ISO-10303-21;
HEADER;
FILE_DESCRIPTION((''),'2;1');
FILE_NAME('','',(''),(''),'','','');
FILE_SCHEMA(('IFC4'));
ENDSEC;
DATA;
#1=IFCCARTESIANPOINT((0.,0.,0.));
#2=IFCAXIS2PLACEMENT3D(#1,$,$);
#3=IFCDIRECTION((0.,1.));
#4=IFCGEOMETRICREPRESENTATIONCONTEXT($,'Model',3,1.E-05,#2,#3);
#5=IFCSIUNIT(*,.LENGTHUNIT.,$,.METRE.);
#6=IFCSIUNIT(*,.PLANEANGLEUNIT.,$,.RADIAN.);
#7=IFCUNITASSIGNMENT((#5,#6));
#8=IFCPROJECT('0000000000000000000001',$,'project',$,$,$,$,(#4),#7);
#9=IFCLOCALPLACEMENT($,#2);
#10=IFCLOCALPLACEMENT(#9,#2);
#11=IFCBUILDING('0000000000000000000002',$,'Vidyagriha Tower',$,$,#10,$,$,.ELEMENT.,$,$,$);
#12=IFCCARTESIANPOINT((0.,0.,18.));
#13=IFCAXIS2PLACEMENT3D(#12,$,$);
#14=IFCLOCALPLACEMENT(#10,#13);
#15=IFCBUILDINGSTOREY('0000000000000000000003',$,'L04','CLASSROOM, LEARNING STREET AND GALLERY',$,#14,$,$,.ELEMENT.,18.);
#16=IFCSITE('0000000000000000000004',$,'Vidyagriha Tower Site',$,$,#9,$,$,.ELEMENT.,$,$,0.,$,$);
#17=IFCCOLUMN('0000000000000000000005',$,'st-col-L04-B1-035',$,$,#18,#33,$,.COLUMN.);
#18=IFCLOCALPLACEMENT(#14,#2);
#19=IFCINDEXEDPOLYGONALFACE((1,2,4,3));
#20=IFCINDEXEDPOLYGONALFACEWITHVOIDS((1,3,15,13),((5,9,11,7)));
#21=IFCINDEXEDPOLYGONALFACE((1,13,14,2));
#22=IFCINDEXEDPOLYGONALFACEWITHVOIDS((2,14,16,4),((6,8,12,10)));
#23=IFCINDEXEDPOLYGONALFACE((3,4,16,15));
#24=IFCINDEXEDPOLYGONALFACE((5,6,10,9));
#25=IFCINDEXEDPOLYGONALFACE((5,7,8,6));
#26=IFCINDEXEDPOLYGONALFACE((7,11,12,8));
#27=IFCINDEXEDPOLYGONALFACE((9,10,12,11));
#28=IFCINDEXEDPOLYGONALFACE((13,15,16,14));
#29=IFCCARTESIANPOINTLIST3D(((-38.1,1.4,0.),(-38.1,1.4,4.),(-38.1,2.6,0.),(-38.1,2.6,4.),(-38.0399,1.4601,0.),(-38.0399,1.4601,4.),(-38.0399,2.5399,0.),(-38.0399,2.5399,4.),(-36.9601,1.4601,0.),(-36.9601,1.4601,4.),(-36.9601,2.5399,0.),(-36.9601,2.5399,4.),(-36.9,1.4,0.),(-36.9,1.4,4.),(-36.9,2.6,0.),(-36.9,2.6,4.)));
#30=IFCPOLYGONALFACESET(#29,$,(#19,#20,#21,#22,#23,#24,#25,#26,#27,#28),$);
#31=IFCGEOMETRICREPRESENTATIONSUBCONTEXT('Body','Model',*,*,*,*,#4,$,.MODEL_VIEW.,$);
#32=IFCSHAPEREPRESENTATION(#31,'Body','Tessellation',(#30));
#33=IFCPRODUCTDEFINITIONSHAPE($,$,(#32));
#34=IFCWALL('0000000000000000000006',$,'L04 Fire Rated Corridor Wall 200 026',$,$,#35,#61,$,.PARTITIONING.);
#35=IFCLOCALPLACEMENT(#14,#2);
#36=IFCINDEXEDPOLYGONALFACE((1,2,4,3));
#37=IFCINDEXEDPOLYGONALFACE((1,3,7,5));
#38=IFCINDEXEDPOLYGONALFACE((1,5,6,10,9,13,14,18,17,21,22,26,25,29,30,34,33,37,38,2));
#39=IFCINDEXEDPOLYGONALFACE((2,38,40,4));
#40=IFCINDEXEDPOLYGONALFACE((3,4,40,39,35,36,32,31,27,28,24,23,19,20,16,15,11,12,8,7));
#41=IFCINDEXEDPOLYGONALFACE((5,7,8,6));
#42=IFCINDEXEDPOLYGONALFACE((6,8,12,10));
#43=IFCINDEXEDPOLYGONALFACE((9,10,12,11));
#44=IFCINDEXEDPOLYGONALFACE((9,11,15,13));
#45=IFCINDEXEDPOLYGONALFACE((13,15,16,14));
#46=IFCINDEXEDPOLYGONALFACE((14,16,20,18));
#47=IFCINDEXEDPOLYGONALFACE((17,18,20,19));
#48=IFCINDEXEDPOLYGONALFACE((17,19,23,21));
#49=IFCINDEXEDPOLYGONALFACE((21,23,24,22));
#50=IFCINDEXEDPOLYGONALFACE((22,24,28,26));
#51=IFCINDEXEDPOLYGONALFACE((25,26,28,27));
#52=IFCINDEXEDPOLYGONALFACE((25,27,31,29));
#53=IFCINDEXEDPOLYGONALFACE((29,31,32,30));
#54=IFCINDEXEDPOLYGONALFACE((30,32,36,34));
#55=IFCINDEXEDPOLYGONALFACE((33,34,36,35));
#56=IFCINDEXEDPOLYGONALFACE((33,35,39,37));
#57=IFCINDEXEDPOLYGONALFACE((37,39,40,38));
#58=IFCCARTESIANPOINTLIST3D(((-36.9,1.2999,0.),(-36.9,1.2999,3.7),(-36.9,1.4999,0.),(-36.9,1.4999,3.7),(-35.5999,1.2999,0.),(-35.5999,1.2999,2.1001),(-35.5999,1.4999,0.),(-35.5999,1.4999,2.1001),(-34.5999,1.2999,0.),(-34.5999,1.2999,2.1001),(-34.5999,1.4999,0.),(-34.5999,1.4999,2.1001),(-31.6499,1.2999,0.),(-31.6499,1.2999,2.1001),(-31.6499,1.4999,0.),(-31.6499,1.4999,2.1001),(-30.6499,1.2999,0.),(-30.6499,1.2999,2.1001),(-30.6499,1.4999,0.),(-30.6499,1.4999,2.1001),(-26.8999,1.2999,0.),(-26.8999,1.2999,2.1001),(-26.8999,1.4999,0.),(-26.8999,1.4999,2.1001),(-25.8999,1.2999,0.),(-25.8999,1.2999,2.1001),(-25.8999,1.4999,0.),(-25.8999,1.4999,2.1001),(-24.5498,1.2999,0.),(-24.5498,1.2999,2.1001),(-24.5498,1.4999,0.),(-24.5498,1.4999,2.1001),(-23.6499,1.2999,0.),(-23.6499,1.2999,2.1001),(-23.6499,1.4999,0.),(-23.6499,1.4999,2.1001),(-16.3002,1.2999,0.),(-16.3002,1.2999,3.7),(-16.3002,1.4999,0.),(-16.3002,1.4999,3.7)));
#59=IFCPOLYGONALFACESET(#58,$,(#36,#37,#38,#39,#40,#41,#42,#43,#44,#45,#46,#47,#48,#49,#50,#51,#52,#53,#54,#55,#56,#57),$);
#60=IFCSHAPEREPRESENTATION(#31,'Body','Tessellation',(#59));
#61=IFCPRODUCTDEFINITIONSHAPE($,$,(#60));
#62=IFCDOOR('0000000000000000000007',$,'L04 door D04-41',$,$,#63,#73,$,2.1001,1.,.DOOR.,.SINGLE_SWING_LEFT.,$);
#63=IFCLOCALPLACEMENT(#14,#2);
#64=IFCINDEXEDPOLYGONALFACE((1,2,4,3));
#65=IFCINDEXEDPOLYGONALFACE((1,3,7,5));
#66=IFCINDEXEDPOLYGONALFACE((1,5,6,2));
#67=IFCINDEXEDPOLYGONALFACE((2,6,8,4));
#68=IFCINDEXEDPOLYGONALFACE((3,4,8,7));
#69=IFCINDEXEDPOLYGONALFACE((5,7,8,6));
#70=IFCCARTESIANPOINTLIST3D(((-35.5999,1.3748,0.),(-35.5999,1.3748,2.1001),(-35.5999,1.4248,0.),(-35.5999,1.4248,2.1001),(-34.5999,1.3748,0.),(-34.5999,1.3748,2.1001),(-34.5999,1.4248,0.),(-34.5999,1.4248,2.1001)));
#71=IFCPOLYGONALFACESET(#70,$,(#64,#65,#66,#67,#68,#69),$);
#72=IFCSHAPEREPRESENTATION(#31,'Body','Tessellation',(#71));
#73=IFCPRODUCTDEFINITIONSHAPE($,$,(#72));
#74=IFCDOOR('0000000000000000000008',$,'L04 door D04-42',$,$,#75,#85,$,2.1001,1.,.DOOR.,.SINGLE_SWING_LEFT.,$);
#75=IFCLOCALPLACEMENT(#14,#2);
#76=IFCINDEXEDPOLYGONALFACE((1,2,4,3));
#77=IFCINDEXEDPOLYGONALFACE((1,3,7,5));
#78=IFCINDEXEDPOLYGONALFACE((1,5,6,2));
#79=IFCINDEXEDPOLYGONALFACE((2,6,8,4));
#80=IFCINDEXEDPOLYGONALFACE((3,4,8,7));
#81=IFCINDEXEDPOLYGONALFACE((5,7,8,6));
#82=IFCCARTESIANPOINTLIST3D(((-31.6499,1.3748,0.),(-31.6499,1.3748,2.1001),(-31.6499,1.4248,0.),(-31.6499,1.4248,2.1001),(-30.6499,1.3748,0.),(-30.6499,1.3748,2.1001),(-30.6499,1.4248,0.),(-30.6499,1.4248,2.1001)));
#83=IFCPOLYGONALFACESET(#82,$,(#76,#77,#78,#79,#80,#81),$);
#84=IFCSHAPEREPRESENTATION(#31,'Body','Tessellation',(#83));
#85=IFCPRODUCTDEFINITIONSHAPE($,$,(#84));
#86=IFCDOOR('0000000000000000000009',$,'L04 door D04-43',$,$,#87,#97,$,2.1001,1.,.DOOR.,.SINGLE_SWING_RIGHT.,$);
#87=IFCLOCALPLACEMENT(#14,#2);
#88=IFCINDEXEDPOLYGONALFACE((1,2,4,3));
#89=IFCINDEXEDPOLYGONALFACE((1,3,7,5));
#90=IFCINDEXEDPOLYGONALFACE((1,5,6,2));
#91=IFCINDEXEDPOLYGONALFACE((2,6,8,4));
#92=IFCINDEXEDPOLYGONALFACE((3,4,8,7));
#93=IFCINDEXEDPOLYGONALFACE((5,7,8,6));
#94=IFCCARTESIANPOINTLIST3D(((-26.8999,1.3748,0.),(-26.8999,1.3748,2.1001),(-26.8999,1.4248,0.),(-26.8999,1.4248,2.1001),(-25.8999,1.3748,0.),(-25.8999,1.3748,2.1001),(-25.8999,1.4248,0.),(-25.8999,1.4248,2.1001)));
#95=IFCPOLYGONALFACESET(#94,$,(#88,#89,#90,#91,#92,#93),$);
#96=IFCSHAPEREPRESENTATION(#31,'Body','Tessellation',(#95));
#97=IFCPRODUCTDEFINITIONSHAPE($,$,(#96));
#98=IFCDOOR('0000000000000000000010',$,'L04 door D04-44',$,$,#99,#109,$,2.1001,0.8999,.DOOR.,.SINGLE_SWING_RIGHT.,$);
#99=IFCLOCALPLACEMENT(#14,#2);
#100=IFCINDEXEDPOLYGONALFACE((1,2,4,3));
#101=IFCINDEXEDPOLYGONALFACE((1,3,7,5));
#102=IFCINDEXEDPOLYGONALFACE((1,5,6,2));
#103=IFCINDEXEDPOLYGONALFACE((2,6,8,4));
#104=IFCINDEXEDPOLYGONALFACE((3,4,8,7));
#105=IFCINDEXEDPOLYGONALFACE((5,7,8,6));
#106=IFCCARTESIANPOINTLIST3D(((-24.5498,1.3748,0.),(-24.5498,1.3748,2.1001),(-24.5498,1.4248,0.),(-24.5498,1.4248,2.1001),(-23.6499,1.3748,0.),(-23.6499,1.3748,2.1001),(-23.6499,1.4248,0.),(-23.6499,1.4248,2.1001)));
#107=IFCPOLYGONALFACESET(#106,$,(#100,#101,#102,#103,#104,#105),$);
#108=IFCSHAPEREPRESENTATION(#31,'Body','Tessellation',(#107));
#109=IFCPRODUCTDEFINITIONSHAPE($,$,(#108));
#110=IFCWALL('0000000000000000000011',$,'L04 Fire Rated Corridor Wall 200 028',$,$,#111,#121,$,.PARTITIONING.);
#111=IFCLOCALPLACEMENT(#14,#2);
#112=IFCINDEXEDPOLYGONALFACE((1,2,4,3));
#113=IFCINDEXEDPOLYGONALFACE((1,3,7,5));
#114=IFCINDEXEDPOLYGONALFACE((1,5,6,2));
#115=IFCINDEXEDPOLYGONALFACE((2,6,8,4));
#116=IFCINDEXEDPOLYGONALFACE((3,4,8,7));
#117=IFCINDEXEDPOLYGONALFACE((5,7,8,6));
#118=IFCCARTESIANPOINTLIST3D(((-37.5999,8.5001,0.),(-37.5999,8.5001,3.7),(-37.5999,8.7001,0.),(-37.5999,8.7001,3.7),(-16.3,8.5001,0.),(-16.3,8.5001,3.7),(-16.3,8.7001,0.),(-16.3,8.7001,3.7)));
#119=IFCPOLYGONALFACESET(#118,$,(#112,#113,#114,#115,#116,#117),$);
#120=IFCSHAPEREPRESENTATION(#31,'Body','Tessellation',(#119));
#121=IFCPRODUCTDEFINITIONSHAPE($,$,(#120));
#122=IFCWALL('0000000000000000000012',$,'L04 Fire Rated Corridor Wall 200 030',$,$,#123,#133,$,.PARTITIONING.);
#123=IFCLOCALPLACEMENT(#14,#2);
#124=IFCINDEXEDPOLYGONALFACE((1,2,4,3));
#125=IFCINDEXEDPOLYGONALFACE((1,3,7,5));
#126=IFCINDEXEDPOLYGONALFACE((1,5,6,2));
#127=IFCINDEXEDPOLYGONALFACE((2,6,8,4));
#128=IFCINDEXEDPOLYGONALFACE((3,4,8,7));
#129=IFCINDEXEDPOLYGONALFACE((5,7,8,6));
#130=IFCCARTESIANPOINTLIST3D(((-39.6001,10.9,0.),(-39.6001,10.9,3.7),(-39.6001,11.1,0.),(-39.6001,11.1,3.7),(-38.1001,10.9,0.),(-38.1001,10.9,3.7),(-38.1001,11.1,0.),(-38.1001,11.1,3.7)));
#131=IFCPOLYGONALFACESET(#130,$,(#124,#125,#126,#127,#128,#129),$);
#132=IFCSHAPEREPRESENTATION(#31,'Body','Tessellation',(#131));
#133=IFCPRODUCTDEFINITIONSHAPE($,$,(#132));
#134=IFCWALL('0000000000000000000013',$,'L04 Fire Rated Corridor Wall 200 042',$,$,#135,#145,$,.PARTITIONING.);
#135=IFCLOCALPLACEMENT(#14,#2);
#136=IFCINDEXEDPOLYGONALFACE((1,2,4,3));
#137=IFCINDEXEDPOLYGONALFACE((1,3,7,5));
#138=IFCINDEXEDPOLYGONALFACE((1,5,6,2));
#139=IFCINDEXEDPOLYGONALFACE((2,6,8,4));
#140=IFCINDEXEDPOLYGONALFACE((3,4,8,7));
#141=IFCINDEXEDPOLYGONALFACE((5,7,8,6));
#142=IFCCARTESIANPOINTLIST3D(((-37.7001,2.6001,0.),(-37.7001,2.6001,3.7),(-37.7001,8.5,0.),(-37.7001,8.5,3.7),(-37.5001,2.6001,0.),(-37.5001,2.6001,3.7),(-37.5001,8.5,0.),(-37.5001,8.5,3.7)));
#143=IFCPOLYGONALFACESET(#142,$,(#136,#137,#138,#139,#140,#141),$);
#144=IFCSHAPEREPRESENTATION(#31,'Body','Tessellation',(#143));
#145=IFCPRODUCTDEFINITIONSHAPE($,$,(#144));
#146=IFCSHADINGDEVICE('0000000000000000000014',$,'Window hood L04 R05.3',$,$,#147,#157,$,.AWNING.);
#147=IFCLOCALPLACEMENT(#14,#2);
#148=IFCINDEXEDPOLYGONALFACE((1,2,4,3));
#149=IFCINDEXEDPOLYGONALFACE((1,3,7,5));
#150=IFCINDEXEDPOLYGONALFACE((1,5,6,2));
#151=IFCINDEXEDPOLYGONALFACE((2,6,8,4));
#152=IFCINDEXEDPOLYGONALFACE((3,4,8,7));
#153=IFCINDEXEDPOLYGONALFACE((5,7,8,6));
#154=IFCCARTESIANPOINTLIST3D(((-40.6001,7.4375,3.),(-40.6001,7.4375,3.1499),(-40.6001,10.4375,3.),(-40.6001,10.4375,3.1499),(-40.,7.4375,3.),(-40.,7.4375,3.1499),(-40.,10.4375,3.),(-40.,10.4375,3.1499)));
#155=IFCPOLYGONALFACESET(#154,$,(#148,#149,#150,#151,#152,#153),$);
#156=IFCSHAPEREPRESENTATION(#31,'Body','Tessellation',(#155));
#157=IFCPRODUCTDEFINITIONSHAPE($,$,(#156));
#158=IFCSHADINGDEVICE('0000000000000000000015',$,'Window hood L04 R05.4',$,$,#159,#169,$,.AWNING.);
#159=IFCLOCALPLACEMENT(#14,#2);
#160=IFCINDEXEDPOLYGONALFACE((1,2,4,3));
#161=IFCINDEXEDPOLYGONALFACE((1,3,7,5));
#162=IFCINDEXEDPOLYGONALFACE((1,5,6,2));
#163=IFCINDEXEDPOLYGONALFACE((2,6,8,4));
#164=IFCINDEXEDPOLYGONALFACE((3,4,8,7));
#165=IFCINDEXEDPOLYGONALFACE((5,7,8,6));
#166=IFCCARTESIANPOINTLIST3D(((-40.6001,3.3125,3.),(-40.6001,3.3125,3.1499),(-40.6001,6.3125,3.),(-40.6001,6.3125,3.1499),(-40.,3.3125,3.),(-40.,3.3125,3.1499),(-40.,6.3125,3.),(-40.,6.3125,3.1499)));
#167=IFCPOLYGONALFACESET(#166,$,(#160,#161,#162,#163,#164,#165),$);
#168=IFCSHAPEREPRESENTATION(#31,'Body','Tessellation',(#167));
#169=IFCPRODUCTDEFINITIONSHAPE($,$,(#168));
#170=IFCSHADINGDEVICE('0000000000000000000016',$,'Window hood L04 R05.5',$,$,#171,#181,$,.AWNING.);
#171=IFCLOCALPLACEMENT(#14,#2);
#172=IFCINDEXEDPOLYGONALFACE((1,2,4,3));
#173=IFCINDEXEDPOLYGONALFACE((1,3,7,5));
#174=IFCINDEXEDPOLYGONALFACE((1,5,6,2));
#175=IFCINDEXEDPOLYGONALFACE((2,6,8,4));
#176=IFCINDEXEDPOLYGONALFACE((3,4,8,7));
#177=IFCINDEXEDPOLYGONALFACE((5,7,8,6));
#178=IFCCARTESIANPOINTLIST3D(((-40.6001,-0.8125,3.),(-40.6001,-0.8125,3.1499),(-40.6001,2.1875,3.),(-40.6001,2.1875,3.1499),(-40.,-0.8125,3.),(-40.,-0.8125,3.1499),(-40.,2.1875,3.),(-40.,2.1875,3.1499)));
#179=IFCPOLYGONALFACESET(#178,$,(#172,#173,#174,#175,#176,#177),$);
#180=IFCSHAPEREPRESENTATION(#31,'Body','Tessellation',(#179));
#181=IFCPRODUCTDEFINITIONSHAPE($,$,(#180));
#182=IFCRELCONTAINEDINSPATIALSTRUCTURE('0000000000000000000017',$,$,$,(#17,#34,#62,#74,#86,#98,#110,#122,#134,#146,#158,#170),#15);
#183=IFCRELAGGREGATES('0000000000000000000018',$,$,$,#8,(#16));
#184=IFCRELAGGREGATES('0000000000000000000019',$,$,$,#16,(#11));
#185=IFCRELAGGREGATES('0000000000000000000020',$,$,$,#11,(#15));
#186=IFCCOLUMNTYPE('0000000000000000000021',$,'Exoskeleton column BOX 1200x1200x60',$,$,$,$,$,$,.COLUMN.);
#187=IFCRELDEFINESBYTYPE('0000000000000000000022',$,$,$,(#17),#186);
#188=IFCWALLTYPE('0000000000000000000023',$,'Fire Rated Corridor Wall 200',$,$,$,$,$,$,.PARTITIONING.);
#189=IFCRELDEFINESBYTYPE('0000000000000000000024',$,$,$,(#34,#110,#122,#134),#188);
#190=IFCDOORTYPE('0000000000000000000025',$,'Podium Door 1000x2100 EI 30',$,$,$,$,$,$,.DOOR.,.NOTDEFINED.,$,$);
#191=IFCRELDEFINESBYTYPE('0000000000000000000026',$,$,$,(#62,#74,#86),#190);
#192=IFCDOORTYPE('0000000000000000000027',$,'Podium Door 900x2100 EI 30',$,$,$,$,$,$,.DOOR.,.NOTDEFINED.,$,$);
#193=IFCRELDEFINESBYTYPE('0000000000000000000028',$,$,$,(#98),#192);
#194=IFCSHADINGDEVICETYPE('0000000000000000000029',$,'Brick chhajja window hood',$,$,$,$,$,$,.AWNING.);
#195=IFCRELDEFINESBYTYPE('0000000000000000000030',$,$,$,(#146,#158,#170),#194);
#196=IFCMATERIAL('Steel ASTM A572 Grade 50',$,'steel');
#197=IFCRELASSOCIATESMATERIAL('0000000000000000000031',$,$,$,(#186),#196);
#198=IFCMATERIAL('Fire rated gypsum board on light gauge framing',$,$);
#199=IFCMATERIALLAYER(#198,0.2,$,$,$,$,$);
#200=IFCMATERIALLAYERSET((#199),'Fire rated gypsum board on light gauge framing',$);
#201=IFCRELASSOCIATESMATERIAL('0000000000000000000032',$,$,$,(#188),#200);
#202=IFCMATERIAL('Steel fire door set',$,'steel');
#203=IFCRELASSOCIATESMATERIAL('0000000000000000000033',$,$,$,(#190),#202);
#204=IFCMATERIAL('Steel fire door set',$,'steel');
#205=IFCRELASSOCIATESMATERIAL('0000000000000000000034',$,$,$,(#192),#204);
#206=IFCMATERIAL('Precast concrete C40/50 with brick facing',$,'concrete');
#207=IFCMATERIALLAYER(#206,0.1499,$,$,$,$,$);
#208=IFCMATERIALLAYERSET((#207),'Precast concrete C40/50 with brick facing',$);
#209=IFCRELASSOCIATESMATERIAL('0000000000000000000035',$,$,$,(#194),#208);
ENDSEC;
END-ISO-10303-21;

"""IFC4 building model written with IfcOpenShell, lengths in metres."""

from ifc_helpers import new_model, si_unit, direction, frame, frame_2d, origin, origin_2d, place, context, subcontext, project, spatial, rectangle, hollow_rectangle, extrude, material, layer, layer_set, material_profile, profile_set, type_object, element, fill, save


model = new_model("IFC4")

# Units and contexts
model_context = context("Model", 3, precision=1e-05, world=origin(), true_north=direction((0.0, 1.0)))
body_context = subcontext(model_context, "Body", "Model", "MODEL_VIEW")
ifc_project = project(units=[si_unit("LENGTHUNIT", "METRE"), si_unit("PLANEANGLEUNIT", "RADIAN")], contexts=[model_context])

# Site, building, storey
site_placement = place(None, origin())
site = spatial("IfcSite", under=ifc_project, at=site_placement, Name="Vidyagriha Tower Site", CompositionType="ELEMENT", RefElevation=0.0)
building_placement = place(site_placement, origin())
building = spatial("IfcBuilding", under=site, at=building_placement, Name="Vidyagriha Tower", CompositionType="ELEMENT")
storey_placement = place(building_placement, frame((0.0, 0.0, 18.0)))
storey = spatial("IfcBuildingStorey", under=building, at=storey_placement, Name="L04", Description="CLASSROOM, LEARNING STREET AND GALLERY", CompositionType="ELEMENT", Elevation=18.0)

# Column
ifc_material_1 = material(Name="Steel ASTM A572 Grade 50", Category="steel")
ifc_material_profile = material_profile(ifc_material_1, hollow_rectangle(XDim=1.2, YDim=1.2, WallThickness=0.0601, at=origin_2d()), Name="BOX 1200x1200x60")
ifc_profile_set = profile_set([ifc_material_profile], Name="Steel ASTM A572 Grade 50")
column_type = type_object("IfcColumnType", Name="Exoskeleton column BOX 1200x1200x60", PredefinedType="COLUMN", material=ifc_profile_set)
column_placement = place(storey_placement, frame((-37.5, 2.0, 0.0)))
element("IfcColumn", 1, at=column_placement, inside=storey, type_object=column_type, Name="st-col-L04-B1-035", PredefinedType="COLUMN", context=body_context, shape_type="SweptSolid", body=[
    extrude(hollow_rectangle(XDim=1.2, YDim=1.2, WallThickness=0.0601, at=origin_2d()), origin(), (0.0, 0.0, 1.0), 4.0),
])

# Wall, openings, doors
ifc_material_2 = material(Name="Fire rated gypsum board on light gauge framing")
ifc_layer_1 = layer(ifc_material_2, 0.2)
ifc_layer_set_1 = layer_set([ifc_layer_1], Name="Fire rated gypsum board on light gauge framing")
wall_type = type_object("IfcWallType", Name="Fire Rated Corridor Wall 200", PredefinedType="PARTITIONING", material=ifc_layer_set_1)
wall_1_placement = place(storey_placement, frame((-36.8999, 1.3999, 0.0)))
wall_1 = element("IfcWall", 2, at=wall_1_placement, inside=storey, type_object=wall_type, Name="L04 Fire Rated Corridor Wall 200 026", PredefinedType="PARTITIONING", context=body_context, shape_type="SweptSolid", body=[
    extrude(rectangle(XDim=20.5999, YDim=0.2, at=frame_2d((10.2998, 0.0))), origin(), (0.0, 0.0, 1.0), 3.7),
])
opening_1_placement = place(wall_1_placement, frame((1.3, 0.0, 0.0)))
opening_1 = element("IfcOpeningElement", 3, at=opening_1_placement, cuts=wall_1, PredefinedType="OPENING", context=body_context, shape_type="SweptSolid", body=[
    extrude(rectangle(XDim=1.0, YDim=2.1001, at=frame_2d((0.5, 1.05))), frame((0.0, 0.1099, 0.0), z_axis=(0.0, -1.0, 0.0), x_axis=(1.0, 0.0, 0.0)), (0.0, 0.0, 1.0), 0.22),
])
opening_2_placement = place(wall_1_placement, frame((5.25, 0.0, 0.0)))
opening_2 = element("IfcOpeningElement", 4, at=opening_2_placement, cuts=wall_1, PredefinedType="OPENING", context=body_context, shape_type="SweptSolid", body=[
    extrude(rectangle(XDim=1.0, YDim=2.1001, at=frame_2d((0.5, 1.05))), frame((0.0, 0.1099, 0.0), z_axis=(0.0, -1.0, 0.0), x_axis=(1.0, 0.0, 0.0)), (0.0, 0.0, 1.0), 0.22),
])
opening_3_placement = place(wall_1_placement, frame((10.0, 0.0, 0.0)))
opening_3 = element("IfcOpeningElement", 5, at=opening_3_placement, cuts=wall_1, PredefinedType="OPENING", context=body_context, shape_type="SweptSolid", body=[
    extrude(rectangle(XDim=1.0, YDim=2.1001, at=frame_2d((0.5, 1.05))), frame((0.0, 0.1099, 0.0), z_axis=(0.0, -1.0, 0.0), x_axis=(1.0, 0.0, 0.0)), (0.0, 0.0, 1.0), 0.22),
])
opening_4_placement = place(wall_1_placement, frame((12.3501, 0.0, 0.0)))
opening_4 = element("IfcOpeningElement", 6, at=opening_4_placement, cuts=wall_1, PredefinedType="OPENING", context=body_context, shape_type="SweptSolid", body=[
    extrude(rectangle(XDim=0.8999, YDim=2.1001, at=frame_2d((0.45, 1.05))), frame((0.0, 0.1099, 0.0), z_axis=(0.0, -1.0, 0.0), x_axis=(1.0, 0.0, 0.0)), (0.0, 0.0, 1.0), 0.22),
])
ifc_material_3 = material(Name="Steel fire door set", Category="steel")
door_type_1 = type_object("IfcDoorType", Name="Podium Door 1000x2100 EI 30", OperationType="NOTDEFINED", PredefinedType="DOOR", material=ifc_material_3)
door_1_placement = place(opening_1_placement, origin())
door_1 = element("IfcDoor", 7, at=door_1_placement, inside=storey, type_object=door_type_1, Name="L04 door D04-41", OperationType="SINGLE_SWING_LEFT", OverallHeight=2.1001, OverallWidth=1.0, PredefinedType="DOOR", context=body_context, shape_type="SweptSolid", body=[
    extrude(rectangle(XDim=1.0, YDim=2.1001, at=frame_2d((0.5, 1.05))), frame((0.0, 0.0249, 0.0), z_axis=(0.0, -1.0, 0.0), x_axis=(1.0, 0.0, 0.0)), (0.0, 0.0, 1.0), 0.05),
])
fill(opening_1, door_1)
door_2_placement = place(opening_2_placement, origin())
door_2 = element("IfcDoor", 8, at=door_2_placement, inside=storey, type_object=door_type_1, Name="L04 door D04-42", OperationType="SINGLE_SWING_LEFT", OverallHeight=2.1001, OverallWidth=1.0, PredefinedType="DOOR", context=body_context, shape_type="SweptSolid", body=[
    extrude(rectangle(XDim=1.0, YDim=2.1001, at=frame_2d((0.5, 1.05))), frame((0.0, 0.0249, 0.0), z_axis=(0.0, -1.0, 0.0), x_axis=(1.0, 0.0, 0.0)), (0.0, 0.0, 1.0), 0.05),
])
fill(opening_2, door_2)
door_3_placement = place(opening_3_placement, origin())
door_3 = element("IfcDoor", 9, at=door_3_placement, inside=storey, type_object=door_type_1, Name="L04 door D04-43", OperationType="SINGLE_SWING_RIGHT", OverallHeight=2.1001, OverallWidth=1.0, PredefinedType="DOOR", context=body_context, shape_type="SweptSolid", body=[
    extrude(rectangle(XDim=1.0, YDim=2.1001, at=frame_2d((0.5, 1.05))), frame((0.0, 0.0249, 0.0), z_axis=(0.0, -1.0, 0.0), x_axis=(1.0, 0.0, 0.0)), (0.0, 0.0, 1.0), 0.05),
])
fill(opening_3, door_3)
ifc_material_4 = material(Name="Steel fire door set", Category="steel")
door_type_2 = type_object("IfcDoorType", Name="Podium Door 900x2100 EI 30", OperationType="NOTDEFINED", PredefinedType="DOOR", material=ifc_material_4)
door_4_placement = place(opening_4_placement, origin())
door_4 = element("IfcDoor", 10, at=door_4_placement, inside=storey, type_object=door_type_2, Name="L04 door D04-44", OperationType="SINGLE_SWING_RIGHT", OverallHeight=2.1001, OverallWidth=0.8999, PredefinedType="DOOR", context=body_context, shape_type="SweptSolid", body=[
    extrude(rectangle(XDim=0.8999, YDim=2.1001, at=frame_2d((0.45, 1.05))), frame((0.0, 0.0249, 0.0), z_axis=(0.0, -1.0, 0.0), x_axis=(1.0, 0.0, 0.0)), (0.0, 0.0, 1.0), 0.05),
])
fill(opening_4, door_4)

# Walls
wall_2_placement = place(storey_placement, frame((-37.5999, 8.6001, 0.0)))
element("IfcWall", 11, at=wall_2_placement, inside=storey, type_object=wall_type, Name="L04 Fire Rated Corridor Wall 200 028", PredefinedType="PARTITIONING", context=body_context, shape_type="SweptSolid", body=[
    extrude(rectangle(XDim=21.2998, YDim=0.2, at=frame_2d((10.6499, 0.0))), origin(), (0.0, 0.0, 1.0), 3.7),
])
wall_3_placement = place(storey_placement, frame((-39.6001, 11.0, 0.0)))
element("IfcWall", 12, at=wall_3_placement, inside=storey, type_object=wall_type, Name="L04 Fire Rated Corridor Wall 200 030", PredefinedType="PARTITIONING", context=body_context, shape_type="SweptSolid", body=[
    extrude(rectangle(XDim=1.5, YDim=0.2, at=frame_2d((0.75, 0.0))), origin(), (0.0, 0.0, 1.0), 3.7),
])
wall_4_placement = place(storey_placement, frame((-37.6001, 2.6001, 0.0), z_axis=(0.0, 0.0, 1.0), x_axis=(0.0, 1.0, 0.0)))
element("IfcWall", 13, at=wall_4_placement, inside=storey, type_object=wall_type, Name="L04 Fire Rated Corridor Wall 200 042", PredefinedType="PARTITIONING", context=body_context, shape_type="SweptSolid", body=[
    extrude(rectangle(XDim=5.8999, YDim=0.2, at=frame_2d((2.95, 0.0))), origin(), (0.0, 0.0, 1.0), 3.7),
])

# Shading devices
ifc_material_5 = material(Name="Precast concrete C40/50 with brick facing", Category="concrete")
ifc_layer_2 = layer(ifc_material_5, 0.1499)
ifc_layer_set_2 = layer_set([ifc_layer_2], Name="Precast concrete C40/50 with brick facing")
shading_device_type = type_object("IfcShadingDeviceType", Name="Brick chhajja window hood", PredefinedType="AWNING", material=ifc_layer_set_2)
for number, where, z_axis, x_axis, name in (
    (14, (-40.3, 8.9375, 3.0), (0.0, 0.0, 1.0), (0.0, -1.0, 0.0), "Window hood L04 R05.3"),
    (15, (-40.3, 4.8125, 3.0), (0.0, 0.0, 1.0), (0.0, -1.0, 0.0), "Window hood L04 R05.4"),
    (16, (-40.3, 0.6875, 3.0), (0.0, 0.0, 1.0), (0.0, -1.0, 0.0), "Window hood L04 R05.5"),
):
    element("IfcShadingDevice", number, at=place(storey_placement, frame(where, z_axis=z_axis, x_axis=x_axis)), inside=storey, type_object=shading_device_type, Name=name, PredefinedType="AWNING", context=body_context, shape_type="SweptSolid", body=[
        extrude(rectangle(XDim=3.0, YDim=0.6001, at=origin_2d()), origin(), (0.0, 0.0, 1.0), 0.1499),
    ])

save(model, "model.ifc")
